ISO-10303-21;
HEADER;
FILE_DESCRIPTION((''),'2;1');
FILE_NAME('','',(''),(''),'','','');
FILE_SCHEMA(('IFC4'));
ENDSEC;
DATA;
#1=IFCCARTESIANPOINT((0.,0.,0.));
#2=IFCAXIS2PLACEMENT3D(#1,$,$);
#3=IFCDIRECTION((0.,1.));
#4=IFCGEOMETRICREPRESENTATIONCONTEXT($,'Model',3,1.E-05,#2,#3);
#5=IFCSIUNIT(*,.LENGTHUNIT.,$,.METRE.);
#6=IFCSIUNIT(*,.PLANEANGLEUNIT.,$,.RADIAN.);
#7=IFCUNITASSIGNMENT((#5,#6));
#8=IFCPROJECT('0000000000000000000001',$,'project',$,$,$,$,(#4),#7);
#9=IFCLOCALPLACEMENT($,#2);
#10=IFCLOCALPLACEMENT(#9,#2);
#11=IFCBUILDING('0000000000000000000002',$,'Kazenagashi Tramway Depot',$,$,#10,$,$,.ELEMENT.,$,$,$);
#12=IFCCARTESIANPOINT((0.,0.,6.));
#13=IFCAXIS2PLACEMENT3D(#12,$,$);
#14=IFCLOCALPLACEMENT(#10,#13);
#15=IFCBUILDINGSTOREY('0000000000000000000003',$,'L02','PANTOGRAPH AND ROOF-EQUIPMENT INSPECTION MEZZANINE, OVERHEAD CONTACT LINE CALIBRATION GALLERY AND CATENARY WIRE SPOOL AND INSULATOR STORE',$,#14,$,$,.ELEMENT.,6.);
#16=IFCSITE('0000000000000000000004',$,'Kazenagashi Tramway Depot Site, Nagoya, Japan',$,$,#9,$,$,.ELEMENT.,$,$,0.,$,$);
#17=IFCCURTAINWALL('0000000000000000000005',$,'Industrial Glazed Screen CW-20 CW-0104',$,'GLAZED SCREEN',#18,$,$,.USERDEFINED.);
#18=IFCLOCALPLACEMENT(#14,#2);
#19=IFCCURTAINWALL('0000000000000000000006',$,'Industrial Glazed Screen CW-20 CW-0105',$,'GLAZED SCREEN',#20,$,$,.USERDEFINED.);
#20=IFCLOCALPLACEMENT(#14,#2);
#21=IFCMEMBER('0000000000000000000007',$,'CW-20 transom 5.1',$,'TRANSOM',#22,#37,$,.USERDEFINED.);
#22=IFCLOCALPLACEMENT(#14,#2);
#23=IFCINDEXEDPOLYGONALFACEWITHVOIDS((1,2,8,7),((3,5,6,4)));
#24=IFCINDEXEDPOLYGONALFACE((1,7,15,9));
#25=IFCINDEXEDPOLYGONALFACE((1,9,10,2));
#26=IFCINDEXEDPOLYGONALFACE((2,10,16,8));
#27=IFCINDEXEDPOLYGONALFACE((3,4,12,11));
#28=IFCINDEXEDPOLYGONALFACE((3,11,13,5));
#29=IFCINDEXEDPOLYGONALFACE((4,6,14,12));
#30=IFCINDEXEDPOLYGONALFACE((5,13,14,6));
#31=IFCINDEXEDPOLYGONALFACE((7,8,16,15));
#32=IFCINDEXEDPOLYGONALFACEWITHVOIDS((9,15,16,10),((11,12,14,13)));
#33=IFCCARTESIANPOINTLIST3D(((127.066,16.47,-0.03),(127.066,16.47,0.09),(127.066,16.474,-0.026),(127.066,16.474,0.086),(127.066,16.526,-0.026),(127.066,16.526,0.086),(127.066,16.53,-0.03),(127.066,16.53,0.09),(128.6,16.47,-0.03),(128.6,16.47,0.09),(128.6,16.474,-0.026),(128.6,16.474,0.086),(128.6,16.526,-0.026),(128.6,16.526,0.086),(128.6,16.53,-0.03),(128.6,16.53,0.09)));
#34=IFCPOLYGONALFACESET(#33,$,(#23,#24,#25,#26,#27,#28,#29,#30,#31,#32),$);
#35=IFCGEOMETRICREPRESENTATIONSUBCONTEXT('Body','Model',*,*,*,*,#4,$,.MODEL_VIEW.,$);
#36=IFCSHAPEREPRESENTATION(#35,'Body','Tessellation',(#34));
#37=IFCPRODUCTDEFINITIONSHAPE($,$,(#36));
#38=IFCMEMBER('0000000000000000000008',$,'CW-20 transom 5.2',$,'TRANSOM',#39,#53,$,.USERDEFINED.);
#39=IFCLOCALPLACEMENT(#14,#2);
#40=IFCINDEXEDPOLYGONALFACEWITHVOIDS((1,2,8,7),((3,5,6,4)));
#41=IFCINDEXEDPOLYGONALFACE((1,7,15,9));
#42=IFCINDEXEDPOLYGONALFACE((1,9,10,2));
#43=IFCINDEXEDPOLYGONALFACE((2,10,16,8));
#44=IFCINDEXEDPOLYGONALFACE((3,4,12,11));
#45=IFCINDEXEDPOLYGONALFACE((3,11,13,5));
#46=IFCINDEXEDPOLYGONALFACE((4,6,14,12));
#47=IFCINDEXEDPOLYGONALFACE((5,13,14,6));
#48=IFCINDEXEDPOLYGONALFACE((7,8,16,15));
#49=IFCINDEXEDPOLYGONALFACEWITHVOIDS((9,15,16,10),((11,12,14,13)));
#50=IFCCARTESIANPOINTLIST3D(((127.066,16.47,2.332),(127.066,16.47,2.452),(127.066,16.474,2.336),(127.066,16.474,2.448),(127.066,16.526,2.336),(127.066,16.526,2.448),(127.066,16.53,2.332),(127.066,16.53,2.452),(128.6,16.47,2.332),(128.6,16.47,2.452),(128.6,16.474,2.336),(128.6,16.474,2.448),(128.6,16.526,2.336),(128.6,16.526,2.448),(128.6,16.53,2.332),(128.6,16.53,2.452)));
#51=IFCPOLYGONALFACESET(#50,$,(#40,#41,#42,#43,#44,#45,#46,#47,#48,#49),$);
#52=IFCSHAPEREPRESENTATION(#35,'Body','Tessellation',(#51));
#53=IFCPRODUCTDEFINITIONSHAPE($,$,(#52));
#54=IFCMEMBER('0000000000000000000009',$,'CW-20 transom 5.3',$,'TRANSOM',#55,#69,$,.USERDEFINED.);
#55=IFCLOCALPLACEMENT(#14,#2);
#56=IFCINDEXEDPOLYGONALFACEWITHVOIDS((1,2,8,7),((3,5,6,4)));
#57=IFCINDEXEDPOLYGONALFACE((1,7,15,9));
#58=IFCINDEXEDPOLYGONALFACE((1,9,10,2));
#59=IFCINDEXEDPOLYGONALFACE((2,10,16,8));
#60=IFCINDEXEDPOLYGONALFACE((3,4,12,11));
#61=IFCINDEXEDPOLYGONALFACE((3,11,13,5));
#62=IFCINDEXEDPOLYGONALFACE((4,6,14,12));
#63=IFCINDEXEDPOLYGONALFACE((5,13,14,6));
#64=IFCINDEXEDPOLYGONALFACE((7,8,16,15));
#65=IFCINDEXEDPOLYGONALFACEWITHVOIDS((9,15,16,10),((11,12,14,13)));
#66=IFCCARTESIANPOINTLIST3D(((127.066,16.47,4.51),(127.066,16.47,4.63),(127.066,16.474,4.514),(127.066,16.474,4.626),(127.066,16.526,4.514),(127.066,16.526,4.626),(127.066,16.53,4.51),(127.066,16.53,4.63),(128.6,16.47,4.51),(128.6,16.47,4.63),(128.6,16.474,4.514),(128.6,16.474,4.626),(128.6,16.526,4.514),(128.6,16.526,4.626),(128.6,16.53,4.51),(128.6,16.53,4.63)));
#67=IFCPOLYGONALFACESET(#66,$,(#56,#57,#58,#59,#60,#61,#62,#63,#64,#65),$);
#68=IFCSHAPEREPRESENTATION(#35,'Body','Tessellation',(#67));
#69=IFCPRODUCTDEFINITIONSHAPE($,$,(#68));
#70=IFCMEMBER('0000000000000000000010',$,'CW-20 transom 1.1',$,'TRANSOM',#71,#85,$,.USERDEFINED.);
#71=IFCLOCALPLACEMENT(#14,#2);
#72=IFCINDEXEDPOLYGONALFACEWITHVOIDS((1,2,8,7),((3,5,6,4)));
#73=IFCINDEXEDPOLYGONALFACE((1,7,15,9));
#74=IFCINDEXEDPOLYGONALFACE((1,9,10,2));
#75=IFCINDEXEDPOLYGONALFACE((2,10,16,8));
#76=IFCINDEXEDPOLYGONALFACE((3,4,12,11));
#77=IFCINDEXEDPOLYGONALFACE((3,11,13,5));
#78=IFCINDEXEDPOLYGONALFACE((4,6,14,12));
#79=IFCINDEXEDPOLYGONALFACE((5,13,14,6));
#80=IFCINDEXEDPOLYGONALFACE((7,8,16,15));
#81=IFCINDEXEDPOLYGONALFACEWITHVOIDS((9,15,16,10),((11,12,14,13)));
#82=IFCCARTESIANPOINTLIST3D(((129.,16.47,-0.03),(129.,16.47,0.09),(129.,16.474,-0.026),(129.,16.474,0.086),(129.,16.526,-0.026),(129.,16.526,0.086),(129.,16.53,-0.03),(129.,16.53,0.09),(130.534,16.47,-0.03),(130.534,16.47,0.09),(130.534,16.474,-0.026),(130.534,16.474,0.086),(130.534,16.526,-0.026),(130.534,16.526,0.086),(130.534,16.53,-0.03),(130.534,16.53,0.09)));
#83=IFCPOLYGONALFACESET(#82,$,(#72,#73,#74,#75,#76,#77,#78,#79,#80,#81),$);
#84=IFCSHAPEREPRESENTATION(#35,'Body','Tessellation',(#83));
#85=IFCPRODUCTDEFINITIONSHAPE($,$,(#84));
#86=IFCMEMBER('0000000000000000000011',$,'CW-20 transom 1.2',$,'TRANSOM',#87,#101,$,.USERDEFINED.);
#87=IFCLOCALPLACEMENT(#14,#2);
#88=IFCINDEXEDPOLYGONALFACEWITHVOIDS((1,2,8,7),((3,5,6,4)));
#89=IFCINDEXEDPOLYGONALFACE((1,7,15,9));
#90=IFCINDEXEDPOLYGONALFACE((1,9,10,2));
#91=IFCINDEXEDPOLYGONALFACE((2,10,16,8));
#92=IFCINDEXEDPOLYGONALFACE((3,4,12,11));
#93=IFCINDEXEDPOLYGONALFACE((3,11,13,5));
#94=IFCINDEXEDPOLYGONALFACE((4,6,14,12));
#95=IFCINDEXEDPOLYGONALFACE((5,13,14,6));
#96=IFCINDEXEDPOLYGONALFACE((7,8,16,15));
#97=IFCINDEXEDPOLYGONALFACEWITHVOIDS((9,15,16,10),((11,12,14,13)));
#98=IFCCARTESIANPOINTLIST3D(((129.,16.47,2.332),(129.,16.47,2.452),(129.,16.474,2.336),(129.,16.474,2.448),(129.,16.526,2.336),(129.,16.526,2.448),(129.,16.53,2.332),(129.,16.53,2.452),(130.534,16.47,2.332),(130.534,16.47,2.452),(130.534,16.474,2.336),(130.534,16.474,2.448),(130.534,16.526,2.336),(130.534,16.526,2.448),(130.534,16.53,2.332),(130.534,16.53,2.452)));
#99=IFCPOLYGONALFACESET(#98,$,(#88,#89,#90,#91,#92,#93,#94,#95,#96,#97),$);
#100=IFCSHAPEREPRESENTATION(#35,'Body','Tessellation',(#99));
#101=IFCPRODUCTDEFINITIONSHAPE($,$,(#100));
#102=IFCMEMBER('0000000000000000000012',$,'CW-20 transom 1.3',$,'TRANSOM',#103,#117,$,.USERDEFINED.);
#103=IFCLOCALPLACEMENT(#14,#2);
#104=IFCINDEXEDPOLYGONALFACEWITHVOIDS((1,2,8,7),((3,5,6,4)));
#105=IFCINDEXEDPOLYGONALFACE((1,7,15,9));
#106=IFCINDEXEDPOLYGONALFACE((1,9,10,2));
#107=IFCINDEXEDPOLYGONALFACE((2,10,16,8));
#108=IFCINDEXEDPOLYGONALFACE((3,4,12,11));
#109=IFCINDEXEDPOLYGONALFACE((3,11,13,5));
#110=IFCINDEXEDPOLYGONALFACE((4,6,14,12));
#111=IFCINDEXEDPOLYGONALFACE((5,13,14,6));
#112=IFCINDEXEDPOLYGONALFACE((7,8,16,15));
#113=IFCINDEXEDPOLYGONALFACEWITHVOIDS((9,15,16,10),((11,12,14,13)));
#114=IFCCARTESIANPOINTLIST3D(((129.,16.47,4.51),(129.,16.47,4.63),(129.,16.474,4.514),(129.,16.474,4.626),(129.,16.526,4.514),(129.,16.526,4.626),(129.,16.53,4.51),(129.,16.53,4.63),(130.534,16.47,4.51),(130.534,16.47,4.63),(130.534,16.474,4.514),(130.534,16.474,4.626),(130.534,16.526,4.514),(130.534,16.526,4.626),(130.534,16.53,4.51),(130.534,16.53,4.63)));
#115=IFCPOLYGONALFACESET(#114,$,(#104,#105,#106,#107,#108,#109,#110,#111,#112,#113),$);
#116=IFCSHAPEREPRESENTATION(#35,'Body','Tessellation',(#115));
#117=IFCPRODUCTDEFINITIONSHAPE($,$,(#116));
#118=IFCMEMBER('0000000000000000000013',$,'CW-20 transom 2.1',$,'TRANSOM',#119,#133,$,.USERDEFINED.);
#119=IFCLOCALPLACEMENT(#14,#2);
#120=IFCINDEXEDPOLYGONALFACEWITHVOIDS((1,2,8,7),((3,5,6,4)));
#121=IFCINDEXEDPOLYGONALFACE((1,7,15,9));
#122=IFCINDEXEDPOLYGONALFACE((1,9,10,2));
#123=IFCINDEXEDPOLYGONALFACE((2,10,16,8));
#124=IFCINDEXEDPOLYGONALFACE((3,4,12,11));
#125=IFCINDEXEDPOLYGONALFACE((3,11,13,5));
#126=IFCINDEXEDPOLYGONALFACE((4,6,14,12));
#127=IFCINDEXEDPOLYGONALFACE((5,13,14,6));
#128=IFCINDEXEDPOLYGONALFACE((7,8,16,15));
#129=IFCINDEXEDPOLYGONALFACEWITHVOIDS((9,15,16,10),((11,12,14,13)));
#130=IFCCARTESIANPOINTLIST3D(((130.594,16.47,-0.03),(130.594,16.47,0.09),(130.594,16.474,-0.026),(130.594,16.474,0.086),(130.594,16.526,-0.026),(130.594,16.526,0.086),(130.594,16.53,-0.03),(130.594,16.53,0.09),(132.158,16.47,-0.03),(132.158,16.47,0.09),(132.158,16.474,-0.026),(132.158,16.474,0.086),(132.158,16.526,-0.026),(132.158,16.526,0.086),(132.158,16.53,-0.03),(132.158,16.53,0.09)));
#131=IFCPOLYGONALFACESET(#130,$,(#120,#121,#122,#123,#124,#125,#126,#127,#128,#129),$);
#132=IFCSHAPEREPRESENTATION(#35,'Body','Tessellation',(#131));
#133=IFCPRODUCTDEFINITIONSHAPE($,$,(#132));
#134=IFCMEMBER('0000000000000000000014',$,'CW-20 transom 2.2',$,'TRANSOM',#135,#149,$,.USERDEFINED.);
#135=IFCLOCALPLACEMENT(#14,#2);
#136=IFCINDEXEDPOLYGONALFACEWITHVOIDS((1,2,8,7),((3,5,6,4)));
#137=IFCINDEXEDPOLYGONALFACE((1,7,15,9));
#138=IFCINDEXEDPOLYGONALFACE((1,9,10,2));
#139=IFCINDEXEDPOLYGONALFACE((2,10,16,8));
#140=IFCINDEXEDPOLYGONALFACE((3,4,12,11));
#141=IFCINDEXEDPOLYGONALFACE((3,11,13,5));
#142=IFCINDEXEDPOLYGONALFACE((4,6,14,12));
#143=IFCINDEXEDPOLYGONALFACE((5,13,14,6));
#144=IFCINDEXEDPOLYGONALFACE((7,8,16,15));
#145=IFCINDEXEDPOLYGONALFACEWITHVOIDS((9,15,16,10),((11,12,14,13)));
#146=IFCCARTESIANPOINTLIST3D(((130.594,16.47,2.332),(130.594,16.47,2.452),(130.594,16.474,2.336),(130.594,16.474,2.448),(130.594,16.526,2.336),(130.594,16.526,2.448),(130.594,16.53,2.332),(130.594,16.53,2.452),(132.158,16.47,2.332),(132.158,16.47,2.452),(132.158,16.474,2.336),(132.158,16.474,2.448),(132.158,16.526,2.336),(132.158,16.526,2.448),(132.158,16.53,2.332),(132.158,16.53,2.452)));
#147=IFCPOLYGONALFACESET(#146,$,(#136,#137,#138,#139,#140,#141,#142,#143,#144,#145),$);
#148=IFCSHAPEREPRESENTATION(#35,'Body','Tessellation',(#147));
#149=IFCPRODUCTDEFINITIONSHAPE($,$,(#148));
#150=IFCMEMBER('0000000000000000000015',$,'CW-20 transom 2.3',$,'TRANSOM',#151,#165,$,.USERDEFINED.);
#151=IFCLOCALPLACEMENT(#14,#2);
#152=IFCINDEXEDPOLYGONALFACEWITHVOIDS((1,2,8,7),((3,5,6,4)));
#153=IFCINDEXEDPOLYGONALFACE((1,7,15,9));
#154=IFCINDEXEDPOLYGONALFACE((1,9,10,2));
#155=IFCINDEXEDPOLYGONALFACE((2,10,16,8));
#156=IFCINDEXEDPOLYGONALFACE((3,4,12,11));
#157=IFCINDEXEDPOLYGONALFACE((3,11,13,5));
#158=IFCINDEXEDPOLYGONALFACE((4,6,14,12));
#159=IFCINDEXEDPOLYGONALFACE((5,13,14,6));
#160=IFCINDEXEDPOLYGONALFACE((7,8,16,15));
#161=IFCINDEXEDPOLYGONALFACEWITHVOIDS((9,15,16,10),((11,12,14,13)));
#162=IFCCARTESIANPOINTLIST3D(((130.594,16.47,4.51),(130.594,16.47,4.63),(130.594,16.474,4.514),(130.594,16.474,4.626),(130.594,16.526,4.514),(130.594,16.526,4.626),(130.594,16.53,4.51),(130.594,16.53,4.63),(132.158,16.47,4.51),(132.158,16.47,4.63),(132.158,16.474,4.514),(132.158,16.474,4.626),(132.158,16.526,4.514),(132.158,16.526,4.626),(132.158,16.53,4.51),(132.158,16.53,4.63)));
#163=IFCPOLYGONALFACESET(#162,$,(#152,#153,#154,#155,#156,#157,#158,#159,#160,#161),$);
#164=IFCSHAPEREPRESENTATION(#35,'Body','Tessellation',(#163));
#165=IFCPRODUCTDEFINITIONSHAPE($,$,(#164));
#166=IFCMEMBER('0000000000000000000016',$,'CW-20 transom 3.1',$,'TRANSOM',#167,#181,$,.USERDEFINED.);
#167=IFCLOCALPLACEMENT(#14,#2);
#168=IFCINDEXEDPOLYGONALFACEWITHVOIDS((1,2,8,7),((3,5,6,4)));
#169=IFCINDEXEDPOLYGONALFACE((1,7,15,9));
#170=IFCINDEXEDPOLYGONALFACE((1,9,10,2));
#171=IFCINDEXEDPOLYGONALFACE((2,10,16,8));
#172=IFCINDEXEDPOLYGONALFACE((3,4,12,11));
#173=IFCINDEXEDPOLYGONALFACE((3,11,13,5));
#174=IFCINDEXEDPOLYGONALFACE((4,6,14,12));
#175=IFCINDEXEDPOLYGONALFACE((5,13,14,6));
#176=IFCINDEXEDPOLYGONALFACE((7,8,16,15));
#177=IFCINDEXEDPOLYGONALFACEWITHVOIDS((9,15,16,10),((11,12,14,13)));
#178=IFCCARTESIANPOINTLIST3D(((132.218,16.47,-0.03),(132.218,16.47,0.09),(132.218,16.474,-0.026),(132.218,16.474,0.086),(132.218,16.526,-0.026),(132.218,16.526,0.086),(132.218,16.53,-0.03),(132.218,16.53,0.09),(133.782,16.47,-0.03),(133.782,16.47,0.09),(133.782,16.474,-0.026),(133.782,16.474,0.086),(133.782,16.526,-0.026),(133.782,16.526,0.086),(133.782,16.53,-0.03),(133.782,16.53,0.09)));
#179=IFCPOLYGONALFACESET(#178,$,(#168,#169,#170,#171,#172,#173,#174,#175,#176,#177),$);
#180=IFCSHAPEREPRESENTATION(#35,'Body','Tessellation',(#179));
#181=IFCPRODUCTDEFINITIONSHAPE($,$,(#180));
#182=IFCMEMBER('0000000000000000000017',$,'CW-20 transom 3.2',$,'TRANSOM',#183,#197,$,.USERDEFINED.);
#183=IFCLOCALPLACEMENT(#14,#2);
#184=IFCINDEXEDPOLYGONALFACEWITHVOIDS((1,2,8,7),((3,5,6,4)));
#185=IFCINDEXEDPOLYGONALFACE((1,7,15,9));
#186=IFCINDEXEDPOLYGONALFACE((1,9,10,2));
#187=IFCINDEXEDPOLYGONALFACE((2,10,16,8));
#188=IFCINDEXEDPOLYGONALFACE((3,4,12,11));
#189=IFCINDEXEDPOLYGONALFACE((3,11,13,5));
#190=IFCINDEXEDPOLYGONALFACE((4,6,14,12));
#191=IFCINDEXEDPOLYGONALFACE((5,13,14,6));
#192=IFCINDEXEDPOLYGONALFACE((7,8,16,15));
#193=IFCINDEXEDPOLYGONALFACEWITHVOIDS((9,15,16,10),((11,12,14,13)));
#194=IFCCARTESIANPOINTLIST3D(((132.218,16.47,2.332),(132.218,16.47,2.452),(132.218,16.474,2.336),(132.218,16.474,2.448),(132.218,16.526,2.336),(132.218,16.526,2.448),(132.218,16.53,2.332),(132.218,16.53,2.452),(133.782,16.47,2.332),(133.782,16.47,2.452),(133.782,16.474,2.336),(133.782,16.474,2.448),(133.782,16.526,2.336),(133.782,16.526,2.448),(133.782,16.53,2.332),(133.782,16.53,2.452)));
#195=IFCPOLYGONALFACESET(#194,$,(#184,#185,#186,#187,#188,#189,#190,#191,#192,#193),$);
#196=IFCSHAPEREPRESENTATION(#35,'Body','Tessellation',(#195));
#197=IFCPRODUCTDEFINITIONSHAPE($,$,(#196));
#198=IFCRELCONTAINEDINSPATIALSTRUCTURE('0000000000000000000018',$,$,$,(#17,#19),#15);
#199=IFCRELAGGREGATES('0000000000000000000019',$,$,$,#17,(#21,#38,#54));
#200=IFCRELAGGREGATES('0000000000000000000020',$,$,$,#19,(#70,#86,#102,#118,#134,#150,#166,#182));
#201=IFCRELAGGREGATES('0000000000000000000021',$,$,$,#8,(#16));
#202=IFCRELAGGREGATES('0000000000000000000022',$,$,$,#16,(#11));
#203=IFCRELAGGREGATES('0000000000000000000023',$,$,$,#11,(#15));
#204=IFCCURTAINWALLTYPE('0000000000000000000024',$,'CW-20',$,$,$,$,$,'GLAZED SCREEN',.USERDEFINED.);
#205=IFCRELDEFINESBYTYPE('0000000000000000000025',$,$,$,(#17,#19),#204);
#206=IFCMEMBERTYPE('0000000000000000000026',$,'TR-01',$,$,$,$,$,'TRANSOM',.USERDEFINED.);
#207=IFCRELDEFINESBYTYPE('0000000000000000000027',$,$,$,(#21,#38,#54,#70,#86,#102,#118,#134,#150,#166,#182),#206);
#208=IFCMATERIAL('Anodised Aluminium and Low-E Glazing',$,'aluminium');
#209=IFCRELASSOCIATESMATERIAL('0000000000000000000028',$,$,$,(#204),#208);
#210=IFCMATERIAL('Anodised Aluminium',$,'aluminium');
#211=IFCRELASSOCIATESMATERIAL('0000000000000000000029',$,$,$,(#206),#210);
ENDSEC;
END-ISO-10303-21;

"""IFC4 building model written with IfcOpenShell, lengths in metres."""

from ifc_helpers import new_model, si_unit, direction, frame, origin, origin_2d, place, context, subcontext, project, spatial, hollow_rectangle, extrude, material, material_profile, profile_set, type_object, element, aggregate, save


model = new_model("IFC4")

# Units and contexts
model_context = context("Model", 3, precision=1e-05, world=origin(), true_north=direction((0.0, 1.0)))
body_context = subcontext(model_context, "Body", "Model", "MODEL_VIEW")
ifc_project = project(units=[si_unit("LENGTHUNIT", "METRE"), si_unit("PLANEANGLEUNIT", "RADIAN")], contexts=[model_context])

# Site, building, storey
site_placement = place(None, origin())
site = spatial("IfcSite", under=ifc_project, at=site_placement, Name="Kazenagashi Tramway Depot Site, Nagoya, Japan", CompositionType="ELEMENT", RefElevation=0.0)
building_placement = place(site_placement, origin())
building = spatial("IfcBuilding", under=site, at=building_placement, Name="Kazenagashi Tramway Depot", CompositionType="ELEMENT")
storey_placement = place(building_placement, frame((0.0, 0.0, 6.0)))
storey = spatial("IfcBuildingStorey", under=building, at=storey_placement, Name="L02", Description="PANTOGRAPH AND ROOF-EQUIPMENT INSPECTION MEZZANINE, OVERHEAD CONTACT LINE CALIBRATION GALLERY AND CATENARY WIRE SPOOL AND INSULATOR STORE", CompositionType="ELEMENT", Elevation=6.0)

# Curtain walls
ifc_material_1 = material(Name="Anodised Aluminium and Low-E Glazing", Category="aluminium")
curtain_wall_type = type_object("IfcCurtainWallType", Name="CW-20", ElementType="GLAZED SCREEN", PredefinedType="USERDEFINED", material=ifc_material_1)
curtain_wall_1_placement = place(storey_placement, origin())
curtain_wall_1 = element("IfcCurtainWall", 1, at=curtain_wall_1_placement, inside=storey, type_object=curtain_wall_type, Name="Industrial Glazed Screen CW-20 CW-0104", ObjectType="GLAZED SCREEN", PredefinedType="USERDEFINED")
ifc_material_2 = material(Name="Anodised Aluminium", Category="aluminium")
curtain_wall_2_placement = place(storey_placement, origin())
curtain_wall_2 = element("IfcCurtainWall", 2, at=curtain_wall_2_placement, inside=storey, type_object=curtain_wall_type, Name="Industrial Glazed Screen CW-20 CW-0105", ObjectType="GLAZED SCREEN", PredefinedType="USERDEFINED")

# Members
ifc_material_profile_1 = material_profile(ifc_material_2, hollow_rectangle(XDim=0.06, YDim=0.12, WallThickness=0.004, at=origin_2d()), Name="RHS-120x60x4")
ifc_profile_set_1 = profile_set([ifc_material_profile_1], Name="Anodised Aluminium")
member_type_1 = type_object("IfcMemberType", Name="TR-01", ElementType="TRANSOM", PredefinedType="USERDEFINED", material=ifc_profile_set_1)
member_1_placement = place(storey_placement, frame((127.066, 16.5, 0.03), z_axis=(1.0, 0.0, 0.0), x_axis=(0.0, 1.0, 0.0)))
member_1 = element("IfcMember", 3, at=member_1_placement, type_object=member_type_1, Name="CW-20 transom 5.1", ObjectType="TRANSOM", PredefinedType="USERDEFINED", context=body_context, shape_type="SweptSolid", body=[
    extrude(hollow_rectangle(XDim=0.06, YDim=0.12, WallThickness=0.004, at=origin_2d()), origin(), (0.0, 0.0, 1.0), 1.534),
])
member_2_placement = place(storey_placement, frame((127.066, 16.5, 2.392), z_axis=(1.0, 0.0, 0.0), x_axis=(0.0, 1.0, 0.0)))
member_2 = element("IfcMember", 4, at=member_2_placement, type_object=member_type_1, Name="CW-20 transom 5.2", ObjectType="TRANSOM", PredefinedType="USERDEFINED", context=body_context, shape_type="SweptSolid", body=[
    extrude(hollow_rectangle(XDim=0.06, YDim=0.12, WallThickness=0.004, at=origin_2d()), origin(), (0.0, 0.0, 1.0), 1.534),
])
member_3_placement = place(storey_placement, frame((127.066, 16.5, 4.57), z_axis=(1.0, 0.0, 0.0), x_axis=(0.0, 1.0, 0.0)))
member_3 = element("IfcMember", 5, at=member_3_placement, type_object=member_type_1, Name="CW-20 transom 5.3", ObjectType="TRANSOM", PredefinedType="USERDEFINED", context=body_context, shape_type="SweptSolid", body=[
    extrude(hollow_rectangle(XDim=0.06, YDim=0.12, WallThickness=0.004, at=origin_2d()), origin(), (0.0, 0.0, 1.0), 1.534),
])
member_4_placement = place(storey_placement, frame((129.0, 16.5, 0.03), z_axis=(1.0, 0.0, 0.0), x_axis=(0.0, 1.0, 0.0)))
member_4 = element("IfcMember", 6, at=member_4_placement, type_object=member_type_1, Name="CW-20 transom 1.1", ObjectType="TRANSOM", PredefinedType="USERDEFINED", context=body_context, shape_type="SweptSolid", body=[
    extrude(hollow_rectangle(XDim=0.06, YDim=0.12, WallThickness=0.004, at=origin_2d()), origin(), (0.0, 0.0, 1.0), 1.534),
])
member_5_placement = place(storey_placement, frame((129.0, 16.5, 2.392), z_axis=(1.0, 0.0, 0.0), x_axis=(0.0, 1.0, 0.0)))
member_5 = element("IfcMember", 7, at=member_5_placement, type_object=member_type_1, Name="CW-20 transom 1.2", ObjectType="TRANSOM", PredefinedType="USERDEFINED", context=body_context, shape_type="SweptSolid", body=[
    extrude(hollow_rectangle(XDim=0.06, YDim=0.12, WallThickness=0.004, at=origin_2d()), origin(), (0.0, 0.0, 1.0), 1.534),
])
member_6_placement = place(storey_placement, frame((129.0, 16.5, 4.57), z_axis=(1.0, 0.0, 0.0), x_axis=(0.0, 1.0, 0.0)))
member_6 = element("IfcMember", 8, at=member_6_placement, type_object=member_type_1, Name="CW-20 transom 1.3", ObjectType="TRANSOM", PredefinedType="USERDEFINED", context=body_context, shape_type="SweptSolid", body=[
    extrude(hollow_rectangle(XDim=0.06, YDim=0.12, WallThickness=0.004, at=origin_2d()), origin(), (0.0, 0.0, 1.0), 1.534),
])
member_7_placement = place(storey_placement, frame((130.594, 16.5, 0.03), z_axis=(1.0, 0.0, 0.0), x_axis=(0.0, 1.0, 0.0)))
member_7 = element("IfcMember", 9, at=member_7_placement, type_object=member_type_1, Name="CW-20 transom 2.1", ObjectType="TRANSOM", PredefinedType="USERDEFINED", context=body_context, shape_type="SweptSolid", body=[
    extrude(hollow_rectangle(XDim=0.06, YDim=0.12, WallThickness=0.004, at=origin_2d()), origin(), (0.0, 0.0, 1.0), 1.564),
])
member_8_placement = place(storey_placement, frame((130.594, 16.5, 2.392), z_axis=(1.0, 0.0, 0.0), x_axis=(0.0, 1.0, 0.0)))
member_8 = element("IfcMember", 10, at=member_8_placement, type_object=member_type_1, Name="CW-20 transom 2.2", ObjectType="TRANSOM", PredefinedType="USERDEFINED", context=body_context, shape_type="SweptSolid", body=[
    extrude(hollow_rectangle(XDim=0.06, YDim=0.12, WallThickness=0.004, at=origin_2d()), origin(), (0.0, 0.0, 1.0), 1.564),
])
member_9_placement = place(storey_placement, frame((130.594, 16.5, 4.57), z_axis=(1.0, 0.0, 0.0), x_axis=(0.0, 1.0, 0.0)))
member_9 = element("IfcMember", 11, at=member_9_placement, type_object=member_type_1, Name="CW-20 transom 2.3", ObjectType="TRANSOM", PredefinedType="USERDEFINED", context=body_context, shape_type="SweptSolid", body=[
    extrude(hollow_rectangle(XDim=0.06, YDim=0.12, WallThickness=0.004, at=origin_2d()), origin(), (0.0, 0.0, 1.0), 1.564),
])
member_10_placement = place(storey_placement, frame((132.218, 16.5, 0.03), z_axis=(1.0, 0.0, 0.0), x_axis=(0.0, 1.0, 0.0)))
member_10 = element("IfcMember", 12, at=member_10_placement, type_object=member_type_1, Name="CW-20 transom 3.1", ObjectType="TRANSOM", PredefinedType="USERDEFINED", context=body_context, shape_type="SweptSolid", body=[
    extrude(hollow_rectangle(XDim=0.06, YDim=0.12, WallThickness=0.004, at=origin_2d()), origin(), (0.0, 0.0, 1.0), 1.564),
])
member_11_placement = place(storey_placement, frame((132.218, 16.5, 2.392), z_axis=(1.0, 0.0, 0.0), x_axis=(0.0, 1.0, 0.0)))
member_11 = element("IfcMember", 13, at=member_11_placement, type_object=member_type_1, Name="CW-20 transom 3.2", ObjectType="TRANSOM", PredefinedType="USERDEFINED", context=body_context, shape_type="SweptSolid", body=[
    extrude(hollow_rectangle(XDim=0.06, YDim=0.12, WallThickness=0.004, at=origin_2d()), origin(), (0.0, 0.0, 1.0), 1.564),
])

aggregate(curtain_wall_1, [member_1, member_2, member_3])
aggregate(curtain_wall_2, [member_4, member_5, member_6, member_7, member_8, member_9, member_10, member_11])

save(model, "model.ifc")
